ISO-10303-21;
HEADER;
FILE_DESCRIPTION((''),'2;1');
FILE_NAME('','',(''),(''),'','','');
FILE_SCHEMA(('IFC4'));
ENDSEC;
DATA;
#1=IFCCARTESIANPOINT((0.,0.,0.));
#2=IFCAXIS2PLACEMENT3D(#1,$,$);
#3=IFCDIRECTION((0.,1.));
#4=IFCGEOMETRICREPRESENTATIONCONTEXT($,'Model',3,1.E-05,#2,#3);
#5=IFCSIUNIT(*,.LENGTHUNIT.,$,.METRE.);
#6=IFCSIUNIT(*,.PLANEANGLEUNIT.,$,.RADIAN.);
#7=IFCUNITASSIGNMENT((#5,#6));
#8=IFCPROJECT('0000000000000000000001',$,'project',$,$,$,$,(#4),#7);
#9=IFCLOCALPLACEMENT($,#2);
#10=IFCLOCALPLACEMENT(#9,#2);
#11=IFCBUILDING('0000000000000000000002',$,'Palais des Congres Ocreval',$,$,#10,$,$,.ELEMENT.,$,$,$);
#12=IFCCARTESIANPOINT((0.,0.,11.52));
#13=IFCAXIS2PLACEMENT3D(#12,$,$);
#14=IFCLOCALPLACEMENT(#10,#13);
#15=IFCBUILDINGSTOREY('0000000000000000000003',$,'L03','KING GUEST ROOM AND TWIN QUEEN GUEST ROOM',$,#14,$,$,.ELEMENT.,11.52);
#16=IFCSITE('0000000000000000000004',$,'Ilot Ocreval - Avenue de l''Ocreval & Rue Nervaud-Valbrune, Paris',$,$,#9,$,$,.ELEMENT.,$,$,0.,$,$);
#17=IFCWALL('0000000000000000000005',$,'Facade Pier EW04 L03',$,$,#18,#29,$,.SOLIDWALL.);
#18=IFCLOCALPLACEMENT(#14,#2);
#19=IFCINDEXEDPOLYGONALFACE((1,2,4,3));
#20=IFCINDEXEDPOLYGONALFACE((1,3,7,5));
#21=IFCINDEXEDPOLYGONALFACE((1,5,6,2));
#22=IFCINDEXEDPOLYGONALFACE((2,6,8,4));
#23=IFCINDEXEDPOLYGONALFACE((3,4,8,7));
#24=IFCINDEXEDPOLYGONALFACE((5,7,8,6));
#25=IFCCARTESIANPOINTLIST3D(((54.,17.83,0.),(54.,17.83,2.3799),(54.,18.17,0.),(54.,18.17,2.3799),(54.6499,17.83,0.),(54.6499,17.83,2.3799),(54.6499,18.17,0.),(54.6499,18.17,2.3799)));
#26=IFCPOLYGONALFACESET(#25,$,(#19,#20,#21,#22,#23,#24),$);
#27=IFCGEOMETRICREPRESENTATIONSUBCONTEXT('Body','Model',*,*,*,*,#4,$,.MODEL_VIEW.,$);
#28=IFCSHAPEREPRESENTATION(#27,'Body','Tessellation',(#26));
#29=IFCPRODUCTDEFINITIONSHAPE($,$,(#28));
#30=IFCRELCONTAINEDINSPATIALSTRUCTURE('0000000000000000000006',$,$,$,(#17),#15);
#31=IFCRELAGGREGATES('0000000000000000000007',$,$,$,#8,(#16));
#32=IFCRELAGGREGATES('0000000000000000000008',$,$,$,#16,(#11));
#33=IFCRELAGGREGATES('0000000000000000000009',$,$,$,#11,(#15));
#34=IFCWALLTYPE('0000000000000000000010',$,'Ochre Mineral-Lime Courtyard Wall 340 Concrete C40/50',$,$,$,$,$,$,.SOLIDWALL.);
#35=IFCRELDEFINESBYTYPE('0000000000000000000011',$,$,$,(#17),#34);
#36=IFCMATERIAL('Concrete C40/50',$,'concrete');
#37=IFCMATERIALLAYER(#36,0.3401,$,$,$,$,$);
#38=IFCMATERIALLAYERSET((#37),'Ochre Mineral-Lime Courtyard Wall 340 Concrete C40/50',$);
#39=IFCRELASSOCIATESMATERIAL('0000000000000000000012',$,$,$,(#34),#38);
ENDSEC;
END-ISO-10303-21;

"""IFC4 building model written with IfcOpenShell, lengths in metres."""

from ifc_helpers import new_model, si_unit, direction, frame, frame_2d, origin, place, context, subcontext, project, spatial, rectangle, extrude, material, layer, layer_set, type_object, element, save


model = new_model("IFC4")

# Units and contexts
model_context = context("Model", 3, precision=1e-05, world=origin(), true_north=direction((0.0, 1.0)))
body_context = subcontext(model_context, "Body", "Model", "MODEL_VIEW")
ifc_project = project(units=[si_unit("LENGTHUNIT", "METRE"), si_unit("PLANEANGLEUNIT", "RADIAN")], contexts=[model_context])

# Site, building, storey
site_placement = place(None, origin())
site = spatial("IfcSite", under=ifc_project, at=site_placement, Name="Ilot Ocreval - Avenue de l'Ocreval & Rue Nervaud-Valbrune, Paris", CompositionType="ELEMENT", RefElevation=0.0)
building_placement = place(site_placement, origin())
building = spatial("IfcBuilding", under=site, at=building_placement, Name="Palais des Congres Ocreval", CompositionType="ELEMENT")
storey_placement = place(building_placement, frame((0.0, 0.0, 11.52)))
storey = spatial("IfcBuildingStorey", under=building, at=storey_placement, Name="L03", Description="KING GUEST ROOM AND TWIN QUEEN GUEST ROOM", CompositionType="ELEMENT", Elevation=11.52)

# Shared definitions
ifc_material_1 = material(Name="Concrete C40/50", Category="concrete")

# Wall
ifc_layer_1 = layer(ifc_material_1, 0.3401)
ifc_layer_set_1 = layer_set([ifc_layer_1], Name="Ochre Mineral-Lime Courtyard Wall 340 Concrete C40/50")
wall_type = type_object("IfcWallType", Name="Ochre Mineral-Lime Courtyard Wall 340 Concrete C40/50", PredefinedType="SOLIDWALL", material=ifc_layer_set_1)
wall_1_placement = place(storey_placement, frame((54.0, 18.0, 0.0), z_axis=(0.0, 0.0, 1.0), x_axis=(1.0, 0.0, 0.0)))
element("IfcWall", 1, at=wall_1_placement, inside=storey, type_object=wall_type, Name="Facade Pier EW04 L03", PredefinedType="SOLIDWALL", context=body_context, shape_type="SweptSolid", body=[
    extrude(rectangle(XDim=0.6499, YDim=0.3401, at=frame_2d((0.325, 0.0))), origin(), (0.0, 0.0, 1.0), 2.3799),
])

save(model, "model.ifc")
